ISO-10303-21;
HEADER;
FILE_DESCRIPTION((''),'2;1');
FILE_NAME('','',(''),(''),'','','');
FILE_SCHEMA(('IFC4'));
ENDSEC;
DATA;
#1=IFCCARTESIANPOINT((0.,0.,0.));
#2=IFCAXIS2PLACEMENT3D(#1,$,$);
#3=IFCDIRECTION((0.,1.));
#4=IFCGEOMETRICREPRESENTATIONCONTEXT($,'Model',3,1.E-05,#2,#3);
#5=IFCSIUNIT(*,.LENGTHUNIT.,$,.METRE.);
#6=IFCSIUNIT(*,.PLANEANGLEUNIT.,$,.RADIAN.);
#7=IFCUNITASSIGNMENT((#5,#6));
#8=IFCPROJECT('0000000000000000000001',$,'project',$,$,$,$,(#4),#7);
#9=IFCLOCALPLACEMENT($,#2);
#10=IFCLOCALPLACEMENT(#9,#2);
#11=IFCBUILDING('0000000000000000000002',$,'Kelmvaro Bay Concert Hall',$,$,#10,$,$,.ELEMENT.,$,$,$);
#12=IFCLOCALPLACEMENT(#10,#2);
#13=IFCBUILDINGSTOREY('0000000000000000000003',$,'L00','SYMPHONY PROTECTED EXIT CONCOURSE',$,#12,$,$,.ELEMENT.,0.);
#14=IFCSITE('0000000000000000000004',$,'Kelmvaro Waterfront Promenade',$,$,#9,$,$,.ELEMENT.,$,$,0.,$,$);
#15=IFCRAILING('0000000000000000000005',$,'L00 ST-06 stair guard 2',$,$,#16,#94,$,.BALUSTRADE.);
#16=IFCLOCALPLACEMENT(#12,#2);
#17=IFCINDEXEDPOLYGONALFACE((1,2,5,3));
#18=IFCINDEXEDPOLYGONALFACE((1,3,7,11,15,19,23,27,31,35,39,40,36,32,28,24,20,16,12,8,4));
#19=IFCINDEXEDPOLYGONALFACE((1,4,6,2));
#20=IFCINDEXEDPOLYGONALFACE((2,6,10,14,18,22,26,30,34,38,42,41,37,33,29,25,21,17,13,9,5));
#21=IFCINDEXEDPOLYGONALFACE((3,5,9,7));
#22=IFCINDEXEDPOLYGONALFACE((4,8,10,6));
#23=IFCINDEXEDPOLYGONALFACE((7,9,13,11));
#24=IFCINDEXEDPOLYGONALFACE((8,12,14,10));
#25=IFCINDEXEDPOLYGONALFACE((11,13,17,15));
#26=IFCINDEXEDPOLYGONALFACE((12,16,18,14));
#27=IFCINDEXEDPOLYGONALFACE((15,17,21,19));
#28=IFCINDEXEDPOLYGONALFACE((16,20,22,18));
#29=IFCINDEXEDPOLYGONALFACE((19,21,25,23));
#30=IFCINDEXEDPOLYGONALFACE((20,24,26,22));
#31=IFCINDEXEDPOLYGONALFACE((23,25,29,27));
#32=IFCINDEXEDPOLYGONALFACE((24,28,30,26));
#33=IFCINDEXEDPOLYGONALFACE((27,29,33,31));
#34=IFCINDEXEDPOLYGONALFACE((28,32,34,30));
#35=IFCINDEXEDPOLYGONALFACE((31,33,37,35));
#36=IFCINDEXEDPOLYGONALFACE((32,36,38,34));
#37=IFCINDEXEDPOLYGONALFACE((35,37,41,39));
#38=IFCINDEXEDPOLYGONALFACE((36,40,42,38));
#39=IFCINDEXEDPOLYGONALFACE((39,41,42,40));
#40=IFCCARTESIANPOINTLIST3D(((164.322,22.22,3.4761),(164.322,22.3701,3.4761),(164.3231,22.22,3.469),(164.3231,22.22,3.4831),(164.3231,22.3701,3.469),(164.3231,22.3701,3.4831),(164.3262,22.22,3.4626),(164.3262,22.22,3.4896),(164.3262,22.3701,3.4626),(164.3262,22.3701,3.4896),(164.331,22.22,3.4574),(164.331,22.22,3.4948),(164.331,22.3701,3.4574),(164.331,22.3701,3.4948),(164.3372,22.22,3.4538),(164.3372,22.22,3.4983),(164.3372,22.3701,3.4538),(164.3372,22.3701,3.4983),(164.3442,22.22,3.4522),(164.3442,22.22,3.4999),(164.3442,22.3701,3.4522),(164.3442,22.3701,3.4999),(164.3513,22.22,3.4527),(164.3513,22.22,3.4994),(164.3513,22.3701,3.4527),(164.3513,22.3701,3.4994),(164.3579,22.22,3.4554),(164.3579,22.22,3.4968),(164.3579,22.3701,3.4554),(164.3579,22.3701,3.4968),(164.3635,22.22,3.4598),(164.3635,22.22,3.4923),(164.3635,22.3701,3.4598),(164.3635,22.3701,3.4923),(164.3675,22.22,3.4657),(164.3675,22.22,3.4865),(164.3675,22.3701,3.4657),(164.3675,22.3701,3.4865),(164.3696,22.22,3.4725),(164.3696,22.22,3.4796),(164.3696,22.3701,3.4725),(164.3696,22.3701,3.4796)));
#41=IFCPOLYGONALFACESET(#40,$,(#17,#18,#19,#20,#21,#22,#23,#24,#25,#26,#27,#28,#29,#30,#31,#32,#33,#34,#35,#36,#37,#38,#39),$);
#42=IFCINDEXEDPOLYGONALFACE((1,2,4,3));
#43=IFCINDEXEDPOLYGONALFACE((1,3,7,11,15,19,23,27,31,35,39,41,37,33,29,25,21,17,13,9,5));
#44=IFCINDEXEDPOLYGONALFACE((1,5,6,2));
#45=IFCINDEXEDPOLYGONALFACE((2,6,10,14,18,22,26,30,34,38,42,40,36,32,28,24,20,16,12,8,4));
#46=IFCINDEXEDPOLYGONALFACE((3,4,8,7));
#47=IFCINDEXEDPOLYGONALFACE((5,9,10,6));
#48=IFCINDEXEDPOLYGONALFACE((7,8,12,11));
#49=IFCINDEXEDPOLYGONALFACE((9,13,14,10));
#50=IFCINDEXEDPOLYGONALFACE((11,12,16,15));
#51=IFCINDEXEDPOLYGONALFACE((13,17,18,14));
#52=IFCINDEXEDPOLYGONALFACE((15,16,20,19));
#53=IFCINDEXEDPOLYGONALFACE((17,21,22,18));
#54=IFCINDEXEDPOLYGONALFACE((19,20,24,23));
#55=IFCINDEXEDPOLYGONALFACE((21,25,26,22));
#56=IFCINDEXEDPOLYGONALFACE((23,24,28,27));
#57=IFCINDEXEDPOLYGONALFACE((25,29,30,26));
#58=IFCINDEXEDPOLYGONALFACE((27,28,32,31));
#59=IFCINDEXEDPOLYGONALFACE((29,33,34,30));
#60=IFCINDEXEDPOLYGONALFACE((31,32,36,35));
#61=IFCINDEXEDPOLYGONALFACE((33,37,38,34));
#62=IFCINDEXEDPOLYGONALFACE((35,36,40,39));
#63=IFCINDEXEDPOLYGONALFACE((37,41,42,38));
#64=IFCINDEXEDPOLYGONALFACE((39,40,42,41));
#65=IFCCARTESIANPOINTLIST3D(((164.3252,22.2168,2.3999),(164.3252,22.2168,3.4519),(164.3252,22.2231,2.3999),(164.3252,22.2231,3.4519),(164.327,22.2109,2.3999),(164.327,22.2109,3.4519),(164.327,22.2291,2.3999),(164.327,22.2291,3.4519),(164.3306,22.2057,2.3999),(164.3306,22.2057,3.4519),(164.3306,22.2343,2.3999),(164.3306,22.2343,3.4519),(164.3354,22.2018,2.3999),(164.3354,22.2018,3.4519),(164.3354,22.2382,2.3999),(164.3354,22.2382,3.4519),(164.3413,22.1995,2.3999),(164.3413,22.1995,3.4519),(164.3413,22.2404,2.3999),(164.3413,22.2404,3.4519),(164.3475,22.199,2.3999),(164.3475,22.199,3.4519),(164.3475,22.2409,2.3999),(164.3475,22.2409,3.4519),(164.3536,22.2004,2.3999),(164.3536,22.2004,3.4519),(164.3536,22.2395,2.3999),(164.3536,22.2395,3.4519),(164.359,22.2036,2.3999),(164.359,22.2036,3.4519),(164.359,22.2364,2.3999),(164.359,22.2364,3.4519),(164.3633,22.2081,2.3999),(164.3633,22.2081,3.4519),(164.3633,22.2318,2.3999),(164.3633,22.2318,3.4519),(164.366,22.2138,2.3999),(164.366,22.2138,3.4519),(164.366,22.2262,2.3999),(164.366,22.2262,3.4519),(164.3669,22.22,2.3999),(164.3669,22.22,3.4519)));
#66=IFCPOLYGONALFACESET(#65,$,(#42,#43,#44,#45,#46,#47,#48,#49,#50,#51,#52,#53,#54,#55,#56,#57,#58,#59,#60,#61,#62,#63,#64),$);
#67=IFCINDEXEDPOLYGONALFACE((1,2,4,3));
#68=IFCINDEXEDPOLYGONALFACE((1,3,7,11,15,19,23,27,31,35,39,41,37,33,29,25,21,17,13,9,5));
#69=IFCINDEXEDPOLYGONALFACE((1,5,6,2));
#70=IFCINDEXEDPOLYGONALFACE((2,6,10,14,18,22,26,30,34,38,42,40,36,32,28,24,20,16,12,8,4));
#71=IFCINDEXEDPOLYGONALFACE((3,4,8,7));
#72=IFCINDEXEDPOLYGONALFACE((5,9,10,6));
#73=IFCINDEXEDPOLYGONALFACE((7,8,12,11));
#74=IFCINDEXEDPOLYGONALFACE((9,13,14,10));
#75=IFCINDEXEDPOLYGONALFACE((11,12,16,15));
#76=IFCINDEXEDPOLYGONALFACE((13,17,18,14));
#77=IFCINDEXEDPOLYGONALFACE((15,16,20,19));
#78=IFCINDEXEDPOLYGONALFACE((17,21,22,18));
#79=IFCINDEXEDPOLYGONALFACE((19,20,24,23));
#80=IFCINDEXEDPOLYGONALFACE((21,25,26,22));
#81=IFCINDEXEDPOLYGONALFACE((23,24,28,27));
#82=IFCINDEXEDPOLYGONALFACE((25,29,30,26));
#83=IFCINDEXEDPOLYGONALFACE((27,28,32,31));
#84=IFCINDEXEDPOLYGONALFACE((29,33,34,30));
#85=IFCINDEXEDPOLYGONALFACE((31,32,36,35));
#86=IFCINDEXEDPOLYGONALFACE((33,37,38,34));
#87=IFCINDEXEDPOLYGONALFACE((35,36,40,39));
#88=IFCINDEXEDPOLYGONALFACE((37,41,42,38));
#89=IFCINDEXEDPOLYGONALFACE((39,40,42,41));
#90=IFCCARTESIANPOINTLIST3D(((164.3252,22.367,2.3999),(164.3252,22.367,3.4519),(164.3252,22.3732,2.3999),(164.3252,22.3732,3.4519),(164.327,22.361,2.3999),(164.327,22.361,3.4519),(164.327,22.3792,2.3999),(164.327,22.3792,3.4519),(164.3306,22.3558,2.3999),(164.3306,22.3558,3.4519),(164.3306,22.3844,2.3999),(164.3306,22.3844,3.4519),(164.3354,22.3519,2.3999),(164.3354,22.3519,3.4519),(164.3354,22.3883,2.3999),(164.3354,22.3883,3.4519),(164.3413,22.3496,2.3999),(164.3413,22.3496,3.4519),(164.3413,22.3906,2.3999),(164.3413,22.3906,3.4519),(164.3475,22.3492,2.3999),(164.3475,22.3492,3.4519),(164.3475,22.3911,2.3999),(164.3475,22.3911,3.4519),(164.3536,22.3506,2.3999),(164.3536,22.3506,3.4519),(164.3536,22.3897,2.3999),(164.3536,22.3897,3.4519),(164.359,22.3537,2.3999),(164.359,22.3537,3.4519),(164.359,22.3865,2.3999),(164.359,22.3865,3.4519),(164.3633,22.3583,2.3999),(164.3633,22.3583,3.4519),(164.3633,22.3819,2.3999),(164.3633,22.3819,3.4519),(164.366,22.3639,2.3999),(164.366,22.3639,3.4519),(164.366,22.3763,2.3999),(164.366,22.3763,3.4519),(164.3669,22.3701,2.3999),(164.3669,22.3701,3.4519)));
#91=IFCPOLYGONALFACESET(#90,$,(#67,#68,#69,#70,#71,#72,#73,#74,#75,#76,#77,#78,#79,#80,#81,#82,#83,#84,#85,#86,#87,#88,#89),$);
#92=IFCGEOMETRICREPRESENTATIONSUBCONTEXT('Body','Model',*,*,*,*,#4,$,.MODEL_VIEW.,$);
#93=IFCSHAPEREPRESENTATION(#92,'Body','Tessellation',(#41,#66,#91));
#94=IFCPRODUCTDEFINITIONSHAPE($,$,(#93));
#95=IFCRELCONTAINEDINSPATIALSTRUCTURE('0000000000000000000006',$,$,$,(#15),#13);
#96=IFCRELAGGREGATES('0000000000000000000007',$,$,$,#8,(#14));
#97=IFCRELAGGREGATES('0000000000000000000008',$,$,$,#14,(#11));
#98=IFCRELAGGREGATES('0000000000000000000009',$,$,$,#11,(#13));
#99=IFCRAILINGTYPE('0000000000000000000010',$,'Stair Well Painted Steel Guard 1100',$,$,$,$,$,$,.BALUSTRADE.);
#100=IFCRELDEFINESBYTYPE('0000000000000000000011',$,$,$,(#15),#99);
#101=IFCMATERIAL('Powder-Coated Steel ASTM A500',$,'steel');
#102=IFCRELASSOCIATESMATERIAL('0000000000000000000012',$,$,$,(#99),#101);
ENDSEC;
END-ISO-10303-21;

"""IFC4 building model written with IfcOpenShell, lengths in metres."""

from ifc_helpers import new_model, si_unit, direction, frame, origin, origin_2d, place, context, subcontext, project, spatial, circle, extrude, material, type_object, element, save


model = new_model("IFC4")

# Units and contexts
model_context = context("Model", 3, precision=1e-05, world=origin(), true_north=direction((0.0, 1.0)))
body_context = subcontext(model_context, "Body", "Model", "MODEL_VIEW")
ifc_project = project(units=[si_unit("LENGTHUNIT", "METRE"), si_unit("PLANEANGLEUNIT", "RADIAN")], contexts=[model_context])

# Site, building, storey
site_placement = place(None, origin())
site = spatial("IfcSite", under=ifc_project, at=site_placement, Name="Kelmvaro Waterfront Promenade", CompositionType="ELEMENT", RefElevation=0.0)
building_placement = place(site_placement, origin())
building = spatial("IfcBuilding", under=site, at=building_placement, Name="Kelmvaro Bay Concert Hall", CompositionType="ELEMENT")
storey_placement = place(building_placement, origin())
storey = spatial("IfcBuildingStorey", under=building, at=storey_placement, Name="L00", Description="SYMPHONY PROTECTED EXIT CONCOURSE", CompositionType="ELEMENT", Elevation=0.0)

# Railing
ifc_material_1 = material(Name="Powder-Coated Steel ASTM A500", Category="steel")
railing_type_1 = type_object("IfcRailingType", Name="Stair Well Painted Steel Guard 1100", PredefinedType="BALUSTRADE", material=ifc_material_1)
railing_1_placement = place(storey_placement, frame((164.3459, 22.22, 2.3999)))
element("IfcRailing", 1, at=railing_1_placement, inside=storey, type_object=railing_type_1, Name="L00 ST-06 stair guard 2", PredefinedType="BALUSTRADE", context=body_context, shape_type="SweptSolid", body=[
    extrude(circle(Radius=0.0239, at=origin_2d()), frame((0.0, 0.0, 1.0762), z_axis=(0.0, 1.0, 0.0), x_axis=(-1.0, 0.0, 0.0)), (0.0, 0.0, 1.0), 0.1501),
    extrude(circle(Radius=0.021, at=origin_2d()), origin(), (0.0, 0.0, 1.0), 1.052),
    extrude(circle(Radius=0.021, at=origin_2d()), frame((0.0, 0.1501, 0.0)), (0.0, 0.0, 1.0), 1.052),
])

save(model, "model.ifc")
